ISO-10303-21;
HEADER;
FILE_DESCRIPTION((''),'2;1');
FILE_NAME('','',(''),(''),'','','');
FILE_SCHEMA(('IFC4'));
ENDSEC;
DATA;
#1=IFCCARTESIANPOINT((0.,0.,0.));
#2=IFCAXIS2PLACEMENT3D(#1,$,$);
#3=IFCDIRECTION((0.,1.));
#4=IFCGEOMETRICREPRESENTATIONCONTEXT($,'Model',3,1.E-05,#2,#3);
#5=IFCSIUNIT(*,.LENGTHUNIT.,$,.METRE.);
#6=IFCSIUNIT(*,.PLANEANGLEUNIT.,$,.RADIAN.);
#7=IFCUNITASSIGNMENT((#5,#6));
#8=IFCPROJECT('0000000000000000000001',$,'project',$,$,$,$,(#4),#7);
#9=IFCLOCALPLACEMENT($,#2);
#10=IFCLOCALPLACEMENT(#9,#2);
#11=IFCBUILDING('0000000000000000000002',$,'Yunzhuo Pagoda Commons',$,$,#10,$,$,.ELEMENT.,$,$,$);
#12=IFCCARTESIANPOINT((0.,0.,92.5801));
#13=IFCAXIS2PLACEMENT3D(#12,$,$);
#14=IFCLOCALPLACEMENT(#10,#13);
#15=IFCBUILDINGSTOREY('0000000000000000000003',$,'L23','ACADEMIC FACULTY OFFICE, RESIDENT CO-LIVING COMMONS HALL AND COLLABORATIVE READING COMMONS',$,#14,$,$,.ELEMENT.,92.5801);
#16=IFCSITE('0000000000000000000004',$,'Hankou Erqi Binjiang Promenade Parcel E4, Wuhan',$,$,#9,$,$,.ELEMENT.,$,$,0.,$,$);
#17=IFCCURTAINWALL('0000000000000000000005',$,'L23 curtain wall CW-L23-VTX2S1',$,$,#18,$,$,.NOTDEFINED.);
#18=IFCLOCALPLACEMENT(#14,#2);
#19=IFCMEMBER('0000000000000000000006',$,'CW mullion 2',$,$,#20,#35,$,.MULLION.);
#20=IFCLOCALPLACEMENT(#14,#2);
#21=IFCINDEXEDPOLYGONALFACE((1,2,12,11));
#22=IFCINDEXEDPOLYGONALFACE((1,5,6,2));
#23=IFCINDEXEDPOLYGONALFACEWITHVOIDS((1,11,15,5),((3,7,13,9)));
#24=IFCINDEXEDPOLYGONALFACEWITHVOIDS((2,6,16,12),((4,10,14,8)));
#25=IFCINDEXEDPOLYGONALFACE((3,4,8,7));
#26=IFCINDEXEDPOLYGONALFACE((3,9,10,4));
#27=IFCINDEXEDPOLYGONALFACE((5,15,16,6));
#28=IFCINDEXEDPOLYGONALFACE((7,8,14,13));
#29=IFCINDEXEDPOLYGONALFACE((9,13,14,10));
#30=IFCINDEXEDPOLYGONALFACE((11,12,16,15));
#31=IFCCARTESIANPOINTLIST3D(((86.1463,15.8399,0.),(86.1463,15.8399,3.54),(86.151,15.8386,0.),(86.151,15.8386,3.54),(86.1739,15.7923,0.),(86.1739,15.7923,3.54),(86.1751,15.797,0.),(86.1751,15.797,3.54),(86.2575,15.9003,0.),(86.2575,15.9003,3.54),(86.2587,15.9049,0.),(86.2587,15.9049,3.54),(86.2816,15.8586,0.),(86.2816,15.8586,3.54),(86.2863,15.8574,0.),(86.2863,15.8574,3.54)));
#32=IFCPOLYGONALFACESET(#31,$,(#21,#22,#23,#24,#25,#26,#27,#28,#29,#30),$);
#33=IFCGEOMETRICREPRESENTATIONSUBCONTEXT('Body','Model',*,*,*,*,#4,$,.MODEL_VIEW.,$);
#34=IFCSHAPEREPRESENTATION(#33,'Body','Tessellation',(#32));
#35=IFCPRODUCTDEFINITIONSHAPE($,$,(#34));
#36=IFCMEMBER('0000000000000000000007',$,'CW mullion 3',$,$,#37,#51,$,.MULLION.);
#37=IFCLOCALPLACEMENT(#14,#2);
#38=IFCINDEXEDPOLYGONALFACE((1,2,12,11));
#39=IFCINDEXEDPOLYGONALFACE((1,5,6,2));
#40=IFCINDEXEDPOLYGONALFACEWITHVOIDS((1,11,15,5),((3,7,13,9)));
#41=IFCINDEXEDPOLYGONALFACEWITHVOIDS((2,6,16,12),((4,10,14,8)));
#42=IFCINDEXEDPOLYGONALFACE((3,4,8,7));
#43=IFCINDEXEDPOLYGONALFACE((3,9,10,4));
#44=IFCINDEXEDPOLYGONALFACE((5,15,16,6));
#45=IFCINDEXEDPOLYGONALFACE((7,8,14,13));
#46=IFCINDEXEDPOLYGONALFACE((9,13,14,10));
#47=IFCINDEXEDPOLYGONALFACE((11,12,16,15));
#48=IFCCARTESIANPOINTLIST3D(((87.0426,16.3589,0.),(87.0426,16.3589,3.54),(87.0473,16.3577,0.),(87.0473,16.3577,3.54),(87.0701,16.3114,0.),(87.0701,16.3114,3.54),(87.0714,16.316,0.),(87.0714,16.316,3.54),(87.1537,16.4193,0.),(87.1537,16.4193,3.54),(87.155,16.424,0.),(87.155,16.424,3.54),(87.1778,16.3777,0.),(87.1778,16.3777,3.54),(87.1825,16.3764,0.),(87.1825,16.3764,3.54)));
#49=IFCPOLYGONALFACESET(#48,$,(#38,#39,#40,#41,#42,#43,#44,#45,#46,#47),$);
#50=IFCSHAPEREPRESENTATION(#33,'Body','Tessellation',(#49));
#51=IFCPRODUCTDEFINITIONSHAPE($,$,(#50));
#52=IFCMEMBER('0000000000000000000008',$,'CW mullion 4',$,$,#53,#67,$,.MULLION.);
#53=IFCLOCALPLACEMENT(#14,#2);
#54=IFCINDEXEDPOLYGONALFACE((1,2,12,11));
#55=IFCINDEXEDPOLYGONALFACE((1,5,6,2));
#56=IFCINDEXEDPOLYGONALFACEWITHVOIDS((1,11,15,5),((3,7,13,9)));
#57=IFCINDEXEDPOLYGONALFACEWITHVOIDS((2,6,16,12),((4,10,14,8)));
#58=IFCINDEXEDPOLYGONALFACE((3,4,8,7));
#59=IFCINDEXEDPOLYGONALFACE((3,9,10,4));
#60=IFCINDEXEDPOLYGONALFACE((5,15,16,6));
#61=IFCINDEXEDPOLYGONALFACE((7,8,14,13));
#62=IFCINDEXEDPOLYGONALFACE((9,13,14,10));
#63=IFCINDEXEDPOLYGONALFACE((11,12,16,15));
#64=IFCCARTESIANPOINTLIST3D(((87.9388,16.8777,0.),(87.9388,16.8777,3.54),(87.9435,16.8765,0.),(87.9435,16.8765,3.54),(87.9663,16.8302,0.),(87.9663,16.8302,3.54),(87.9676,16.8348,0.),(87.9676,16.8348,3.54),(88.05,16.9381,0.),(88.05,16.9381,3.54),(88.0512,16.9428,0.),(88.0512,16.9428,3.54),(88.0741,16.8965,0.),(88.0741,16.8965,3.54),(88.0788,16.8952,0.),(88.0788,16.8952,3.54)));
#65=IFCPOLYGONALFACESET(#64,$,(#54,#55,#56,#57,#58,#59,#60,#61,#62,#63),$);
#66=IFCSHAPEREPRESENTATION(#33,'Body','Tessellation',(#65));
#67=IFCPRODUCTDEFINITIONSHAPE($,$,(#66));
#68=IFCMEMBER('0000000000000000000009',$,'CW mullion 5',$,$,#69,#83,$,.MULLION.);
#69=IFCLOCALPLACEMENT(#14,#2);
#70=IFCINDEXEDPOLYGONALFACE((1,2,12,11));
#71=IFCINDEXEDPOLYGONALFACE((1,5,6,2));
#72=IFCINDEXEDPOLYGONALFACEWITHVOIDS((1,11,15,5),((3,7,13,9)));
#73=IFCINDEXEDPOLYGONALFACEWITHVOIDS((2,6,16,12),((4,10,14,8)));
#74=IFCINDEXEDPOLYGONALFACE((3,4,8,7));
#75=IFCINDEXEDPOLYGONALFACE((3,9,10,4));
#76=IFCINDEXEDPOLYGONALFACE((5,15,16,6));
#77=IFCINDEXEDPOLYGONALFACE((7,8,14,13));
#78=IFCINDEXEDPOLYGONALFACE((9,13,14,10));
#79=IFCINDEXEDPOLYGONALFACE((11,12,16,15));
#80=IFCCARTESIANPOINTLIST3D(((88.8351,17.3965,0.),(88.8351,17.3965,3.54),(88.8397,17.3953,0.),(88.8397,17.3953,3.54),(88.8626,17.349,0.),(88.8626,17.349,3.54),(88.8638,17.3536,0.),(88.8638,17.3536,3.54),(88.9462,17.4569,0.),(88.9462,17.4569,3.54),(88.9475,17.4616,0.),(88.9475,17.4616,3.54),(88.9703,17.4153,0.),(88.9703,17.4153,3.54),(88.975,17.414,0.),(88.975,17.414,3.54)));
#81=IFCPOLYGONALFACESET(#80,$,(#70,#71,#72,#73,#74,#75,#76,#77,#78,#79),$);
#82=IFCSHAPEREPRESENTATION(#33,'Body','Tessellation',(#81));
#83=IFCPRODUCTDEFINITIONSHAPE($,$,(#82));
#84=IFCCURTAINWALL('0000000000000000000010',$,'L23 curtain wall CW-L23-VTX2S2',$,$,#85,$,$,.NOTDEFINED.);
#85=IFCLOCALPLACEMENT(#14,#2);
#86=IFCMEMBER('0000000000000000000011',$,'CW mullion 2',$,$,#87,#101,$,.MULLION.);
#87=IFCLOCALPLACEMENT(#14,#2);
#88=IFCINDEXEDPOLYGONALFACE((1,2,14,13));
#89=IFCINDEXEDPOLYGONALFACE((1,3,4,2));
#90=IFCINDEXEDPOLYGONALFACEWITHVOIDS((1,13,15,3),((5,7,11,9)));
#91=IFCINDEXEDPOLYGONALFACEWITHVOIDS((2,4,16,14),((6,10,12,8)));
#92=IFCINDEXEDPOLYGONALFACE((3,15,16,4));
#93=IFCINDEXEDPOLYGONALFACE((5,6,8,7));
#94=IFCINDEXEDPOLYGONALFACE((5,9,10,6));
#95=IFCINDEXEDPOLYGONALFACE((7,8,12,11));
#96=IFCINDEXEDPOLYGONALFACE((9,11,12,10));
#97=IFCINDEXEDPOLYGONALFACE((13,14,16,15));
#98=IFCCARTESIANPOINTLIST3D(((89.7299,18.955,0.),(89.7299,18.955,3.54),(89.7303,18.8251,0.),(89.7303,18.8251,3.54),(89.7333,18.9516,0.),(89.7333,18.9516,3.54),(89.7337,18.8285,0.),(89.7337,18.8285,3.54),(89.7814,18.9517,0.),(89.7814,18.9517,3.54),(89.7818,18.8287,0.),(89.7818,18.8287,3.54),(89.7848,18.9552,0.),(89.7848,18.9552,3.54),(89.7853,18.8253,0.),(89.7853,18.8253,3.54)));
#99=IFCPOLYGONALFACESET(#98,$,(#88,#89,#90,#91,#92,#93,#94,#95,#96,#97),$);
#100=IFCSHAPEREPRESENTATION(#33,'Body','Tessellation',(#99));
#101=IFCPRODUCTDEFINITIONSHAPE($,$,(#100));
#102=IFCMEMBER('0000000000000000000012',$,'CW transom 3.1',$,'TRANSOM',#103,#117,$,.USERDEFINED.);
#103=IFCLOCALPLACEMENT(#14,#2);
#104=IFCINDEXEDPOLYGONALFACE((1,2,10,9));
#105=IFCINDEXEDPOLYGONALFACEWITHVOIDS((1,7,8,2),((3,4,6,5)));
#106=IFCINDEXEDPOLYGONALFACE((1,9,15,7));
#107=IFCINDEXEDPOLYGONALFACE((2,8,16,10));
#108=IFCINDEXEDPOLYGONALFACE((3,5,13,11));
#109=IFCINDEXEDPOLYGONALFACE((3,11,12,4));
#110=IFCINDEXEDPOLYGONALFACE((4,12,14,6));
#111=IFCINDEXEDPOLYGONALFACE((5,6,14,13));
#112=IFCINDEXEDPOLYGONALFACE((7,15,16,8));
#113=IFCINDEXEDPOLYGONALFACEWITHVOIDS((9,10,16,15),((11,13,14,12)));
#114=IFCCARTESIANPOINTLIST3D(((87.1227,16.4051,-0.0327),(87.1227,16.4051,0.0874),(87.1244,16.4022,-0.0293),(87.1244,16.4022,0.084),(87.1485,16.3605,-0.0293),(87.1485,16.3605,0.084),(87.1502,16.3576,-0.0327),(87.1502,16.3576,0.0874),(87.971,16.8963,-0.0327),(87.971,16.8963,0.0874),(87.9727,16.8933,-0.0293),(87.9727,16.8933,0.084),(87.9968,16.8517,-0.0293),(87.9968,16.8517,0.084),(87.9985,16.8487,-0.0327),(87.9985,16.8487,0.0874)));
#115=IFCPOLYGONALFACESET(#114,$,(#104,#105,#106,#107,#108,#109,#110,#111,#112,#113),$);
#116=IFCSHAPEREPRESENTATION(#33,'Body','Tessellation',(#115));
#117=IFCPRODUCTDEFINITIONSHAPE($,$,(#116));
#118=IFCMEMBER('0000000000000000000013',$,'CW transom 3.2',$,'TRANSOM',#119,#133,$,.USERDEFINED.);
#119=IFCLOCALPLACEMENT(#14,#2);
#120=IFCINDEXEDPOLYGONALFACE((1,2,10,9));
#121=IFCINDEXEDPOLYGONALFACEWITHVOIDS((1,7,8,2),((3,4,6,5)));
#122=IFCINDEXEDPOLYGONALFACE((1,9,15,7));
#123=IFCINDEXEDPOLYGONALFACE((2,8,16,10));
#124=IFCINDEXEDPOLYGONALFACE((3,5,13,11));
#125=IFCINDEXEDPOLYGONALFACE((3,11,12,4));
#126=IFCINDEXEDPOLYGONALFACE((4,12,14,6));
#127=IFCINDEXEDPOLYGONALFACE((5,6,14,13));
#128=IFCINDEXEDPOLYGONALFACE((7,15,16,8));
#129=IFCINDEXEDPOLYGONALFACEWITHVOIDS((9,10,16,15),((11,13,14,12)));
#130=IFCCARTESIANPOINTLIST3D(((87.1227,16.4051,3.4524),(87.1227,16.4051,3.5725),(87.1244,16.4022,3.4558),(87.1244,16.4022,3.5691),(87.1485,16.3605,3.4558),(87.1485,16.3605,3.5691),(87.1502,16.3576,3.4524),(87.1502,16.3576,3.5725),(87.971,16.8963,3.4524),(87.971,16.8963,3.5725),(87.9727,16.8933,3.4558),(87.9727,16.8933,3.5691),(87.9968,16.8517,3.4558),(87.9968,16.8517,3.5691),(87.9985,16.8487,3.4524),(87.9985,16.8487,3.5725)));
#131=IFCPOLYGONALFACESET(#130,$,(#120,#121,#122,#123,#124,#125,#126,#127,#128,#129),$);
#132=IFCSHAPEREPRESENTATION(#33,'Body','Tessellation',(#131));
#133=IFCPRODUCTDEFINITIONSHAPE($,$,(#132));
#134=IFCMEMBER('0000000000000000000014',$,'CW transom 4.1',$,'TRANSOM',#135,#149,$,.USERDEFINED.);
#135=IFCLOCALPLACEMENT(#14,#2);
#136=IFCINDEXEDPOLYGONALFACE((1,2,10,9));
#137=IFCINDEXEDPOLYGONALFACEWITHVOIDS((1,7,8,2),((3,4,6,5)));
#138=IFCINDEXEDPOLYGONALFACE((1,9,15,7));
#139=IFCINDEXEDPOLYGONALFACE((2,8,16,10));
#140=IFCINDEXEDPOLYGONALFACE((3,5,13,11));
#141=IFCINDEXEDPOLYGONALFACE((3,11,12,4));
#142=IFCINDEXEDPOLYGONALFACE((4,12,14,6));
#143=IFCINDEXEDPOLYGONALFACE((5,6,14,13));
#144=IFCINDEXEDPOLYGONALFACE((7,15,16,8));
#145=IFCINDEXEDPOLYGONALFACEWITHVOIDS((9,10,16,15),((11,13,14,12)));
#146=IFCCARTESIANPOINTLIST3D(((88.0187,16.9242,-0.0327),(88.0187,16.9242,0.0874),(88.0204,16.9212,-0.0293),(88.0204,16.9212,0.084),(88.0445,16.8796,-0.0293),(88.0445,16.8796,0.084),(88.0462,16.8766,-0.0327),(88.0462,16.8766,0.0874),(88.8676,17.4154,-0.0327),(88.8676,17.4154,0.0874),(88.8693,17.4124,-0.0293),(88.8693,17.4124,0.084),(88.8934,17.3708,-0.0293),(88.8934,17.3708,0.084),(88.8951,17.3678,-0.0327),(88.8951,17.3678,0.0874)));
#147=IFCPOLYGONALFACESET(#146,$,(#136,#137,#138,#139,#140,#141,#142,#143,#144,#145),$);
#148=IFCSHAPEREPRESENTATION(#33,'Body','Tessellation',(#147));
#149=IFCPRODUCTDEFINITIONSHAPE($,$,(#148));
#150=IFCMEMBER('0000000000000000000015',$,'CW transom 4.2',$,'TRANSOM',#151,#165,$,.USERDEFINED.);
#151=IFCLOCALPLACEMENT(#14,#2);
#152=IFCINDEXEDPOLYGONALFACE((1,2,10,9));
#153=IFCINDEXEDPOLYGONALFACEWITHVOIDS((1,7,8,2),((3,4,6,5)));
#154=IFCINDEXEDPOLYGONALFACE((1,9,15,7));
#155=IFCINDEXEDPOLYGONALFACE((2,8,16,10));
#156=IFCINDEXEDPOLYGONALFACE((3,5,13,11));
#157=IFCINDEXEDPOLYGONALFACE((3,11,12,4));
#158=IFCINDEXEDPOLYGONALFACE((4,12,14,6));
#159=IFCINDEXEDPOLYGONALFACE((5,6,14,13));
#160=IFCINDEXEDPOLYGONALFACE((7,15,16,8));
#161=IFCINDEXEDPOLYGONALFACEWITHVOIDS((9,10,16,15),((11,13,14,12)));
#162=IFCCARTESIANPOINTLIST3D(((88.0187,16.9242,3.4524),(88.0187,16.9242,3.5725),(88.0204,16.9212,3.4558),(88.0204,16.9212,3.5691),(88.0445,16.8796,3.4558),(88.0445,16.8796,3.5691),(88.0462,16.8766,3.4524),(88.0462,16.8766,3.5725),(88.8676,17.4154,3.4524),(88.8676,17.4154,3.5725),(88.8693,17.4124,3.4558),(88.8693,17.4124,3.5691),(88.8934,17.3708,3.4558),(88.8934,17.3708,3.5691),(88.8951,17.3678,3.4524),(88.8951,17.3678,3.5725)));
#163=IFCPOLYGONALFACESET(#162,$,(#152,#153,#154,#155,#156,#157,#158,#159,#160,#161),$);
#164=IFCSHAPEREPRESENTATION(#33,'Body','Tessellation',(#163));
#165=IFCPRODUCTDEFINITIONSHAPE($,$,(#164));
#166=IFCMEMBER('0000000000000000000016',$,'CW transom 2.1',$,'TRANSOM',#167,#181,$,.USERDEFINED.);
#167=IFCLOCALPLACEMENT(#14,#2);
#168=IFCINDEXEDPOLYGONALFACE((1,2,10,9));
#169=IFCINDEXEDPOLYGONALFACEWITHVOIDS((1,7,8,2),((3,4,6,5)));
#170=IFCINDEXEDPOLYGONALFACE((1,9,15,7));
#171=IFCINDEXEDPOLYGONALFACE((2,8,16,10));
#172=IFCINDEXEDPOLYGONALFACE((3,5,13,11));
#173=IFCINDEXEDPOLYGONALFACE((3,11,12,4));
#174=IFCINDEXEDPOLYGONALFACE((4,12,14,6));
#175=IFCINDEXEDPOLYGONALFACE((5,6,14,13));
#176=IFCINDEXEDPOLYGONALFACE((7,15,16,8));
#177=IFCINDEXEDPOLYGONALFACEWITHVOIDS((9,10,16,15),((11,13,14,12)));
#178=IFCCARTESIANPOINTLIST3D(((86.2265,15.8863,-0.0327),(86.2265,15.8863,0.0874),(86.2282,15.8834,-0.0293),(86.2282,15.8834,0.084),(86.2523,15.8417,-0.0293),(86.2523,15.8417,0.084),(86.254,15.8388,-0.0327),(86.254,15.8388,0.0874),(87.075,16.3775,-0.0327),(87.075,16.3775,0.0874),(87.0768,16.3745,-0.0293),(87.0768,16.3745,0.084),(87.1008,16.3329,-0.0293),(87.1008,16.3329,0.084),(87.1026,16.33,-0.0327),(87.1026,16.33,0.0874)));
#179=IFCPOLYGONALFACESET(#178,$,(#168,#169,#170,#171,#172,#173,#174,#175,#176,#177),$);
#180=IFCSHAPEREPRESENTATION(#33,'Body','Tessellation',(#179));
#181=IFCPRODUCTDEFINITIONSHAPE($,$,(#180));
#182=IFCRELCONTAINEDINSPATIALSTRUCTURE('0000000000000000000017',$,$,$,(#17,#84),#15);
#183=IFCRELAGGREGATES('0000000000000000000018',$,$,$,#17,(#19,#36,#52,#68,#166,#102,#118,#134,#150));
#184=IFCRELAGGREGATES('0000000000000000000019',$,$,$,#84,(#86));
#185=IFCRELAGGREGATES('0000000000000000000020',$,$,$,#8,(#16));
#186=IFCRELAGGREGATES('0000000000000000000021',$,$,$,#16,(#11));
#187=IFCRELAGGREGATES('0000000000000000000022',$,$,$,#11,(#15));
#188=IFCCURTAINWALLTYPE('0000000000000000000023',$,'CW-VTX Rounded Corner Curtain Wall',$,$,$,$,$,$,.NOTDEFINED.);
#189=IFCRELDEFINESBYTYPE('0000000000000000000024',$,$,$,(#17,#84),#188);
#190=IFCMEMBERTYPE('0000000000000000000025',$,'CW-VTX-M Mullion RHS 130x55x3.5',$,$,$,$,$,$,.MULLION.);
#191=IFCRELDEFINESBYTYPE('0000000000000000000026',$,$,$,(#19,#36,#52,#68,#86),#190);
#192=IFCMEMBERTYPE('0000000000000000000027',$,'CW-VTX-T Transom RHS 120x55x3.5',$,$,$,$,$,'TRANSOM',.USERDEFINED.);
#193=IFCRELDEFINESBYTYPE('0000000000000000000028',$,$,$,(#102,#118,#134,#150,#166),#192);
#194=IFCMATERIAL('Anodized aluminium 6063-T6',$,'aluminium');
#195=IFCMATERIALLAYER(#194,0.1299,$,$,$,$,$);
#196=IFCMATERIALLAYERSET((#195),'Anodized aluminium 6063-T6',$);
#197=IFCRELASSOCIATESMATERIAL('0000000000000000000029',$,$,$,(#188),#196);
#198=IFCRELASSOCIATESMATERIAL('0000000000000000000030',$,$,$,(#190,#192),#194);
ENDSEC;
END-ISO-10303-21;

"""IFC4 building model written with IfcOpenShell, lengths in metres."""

from ifc_helpers import new_model, si_unit, direction, frame, origin, origin_2d, place, context, subcontext, project, spatial, hollow_rectangle, extrude, source, transform, mapped, material, layer, layer_set, material_profile, profile_set, type_object, element, aggregate, save


model = new_model("IFC4")

# Units and contexts
model_context = context("Model", 3, precision=1e-05, world=origin(), true_north=direction((0.0, 1.0)))
body_context = subcontext(model_context, "Body", "Model", "MODEL_VIEW")
ifc_project = project(units=[si_unit("LENGTHUNIT", "METRE"), si_unit("PLANEANGLEUNIT", "RADIAN")], contexts=[model_context])

# Site, building, storey
site_placement = place(None, origin())
site = spatial("IfcSite", under=ifc_project, at=site_placement, Name="Hankou Erqi Binjiang Promenade Parcel E4, Wuhan", CompositionType="ELEMENT", RefElevation=0.0)
building_placement = place(site_placement, origin())
building = spatial("IfcBuilding", under=site, at=building_placement, Name="Yunzhuo Pagoda Commons", CompositionType="ELEMENT")
storey_placement = place(building_placement, frame((0.0, 0.0, 92.5801)))
storey = spatial("IfcBuildingStorey", under=building, at=storey_placement, Name="L23", Description="ACADEMIC FACULTY OFFICE, RESIDENT CO-LIVING COMMONS HALL AND COLLABORATIVE READING COMMONS", CompositionType="ELEMENT", Elevation=92.5801)

# Curtain wall, members
ifc_material_1 = material(Name="Anodized aluminium 6063-T6", Category="aluminium")
ifc_layer_1 = layer(ifc_material_1, 0.1299)
ifc_layer_set_1 = layer_set([ifc_layer_1], Name="Anodized aluminium 6063-T6")
curtain_wall_type = type_object("IfcCurtainWallType", Name="CW-VTX Rounded Corner Curtain Wall", PredefinedType="NOTDEFINED", material=ifc_layer_set_1)
curtain_wall_1_placement = place(storey_placement, origin())
curtain_wall_1 = element("IfcCurtainWall", 1, at=curtain_wall_1_placement, inside=storey, type_object=curtain_wall_type, Name="L23 curtain wall CW-L23-VTX2S1", PredefinedType="NOTDEFINED")
ifc_material_profile_1 = material_profile(ifc_material_1, hollow_rectangle(XDim=0.0549, YDim=0.1299, WallThickness=0.0034, at=origin_2d()), Name="Anodized aluminium 6063-T6")
ifc_profile_set_1 = profile_set([ifc_material_profile_1], Name="Anodized aluminium 6063-T6")
member_type_1 = type_object("IfcMemberType", Name="CW-VTX-M Mullion RHS 130x55x3.5", PredefinedType="MULLION", material=ifc_profile_set_1)
shared_shape_1 = source(origin(), body_context, "Body", "SweptSolid", [
    extrude(hollow_rectangle(XDim=0.0549, YDim=0.1299, WallThickness=0.0034, at=origin_2d()), origin(), (0.0, 0.0, 1.0), 3.54),
])
member_1_placement = place(storey_placement, frame((86.2163, 15.8486, 0.0), z_axis=(0.0, 0.0, 1.0), x_axis=(-0.501036, 0.865427, 0.0)))
member_1 = element("IfcMember", 2, at=member_1_placement, type_object=member_type_1, Name="CW mullion 2", PredefinedType="MULLION", context=body_context, shape_type="MappedRepresentation", body=[
    mapped(shared_shape_1, transform((0.0, 0.0, 0.0), scale=1.0)),
])
member_2_placement = place(storey_placement, frame((87.1125, 16.3677, 0.0), z_axis=(0.0, 0.0, 1.0), x_axis=(-0.501036, 0.865427, 0.0)))
member_2 = element("IfcMember", 3, at=member_2_placement, type_object=member_type_1, Name="CW mullion 3", PredefinedType="MULLION", context=body_context, shape_type="MappedRepresentation", body=[
    mapped(shared_shape_1, transform((0.0, 0.0, 0.0), scale=1.0)),
])
member_3_placement = place(storey_placement, frame((88.0088, 16.8865, 0.0), z_axis=(0.0, 0.0, 1.0), x_axis=(-0.501036, 0.865427, 0.0)))
member_3 = element("IfcMember", 4, at=member_3_placement, type_object=member_type_1, Name="CW mullion 4", PredefinedType="MULLION", context=body_context, shape_type="MappedRepresentation", body=[
    mapped(shared_shape_1, transform((0.0, 0.0, 0.0), scale=1.0)),
])
member_4_placement = place(storey_placement, frame((88.905, 17.4053, 0.0), z_axis=(0.0, 0.0, 1.0), x_axis=(-0.501036, 0.865427, 0.0)))
member_4 = element("IfcMember", 5, at=member_4_placement, type_object=member_type_1, Name="CW mullion 5", PredefinedType="MULLION", context=body_context, shape_type="MappedRepresentation", body=[
    mapped(shared_shape_1, transform((0.0, 0.0, 0.0), scale=1.0)),
])

# Curtain wall, member
curtain_wall_2_placement = place(storey_placement, origin())
curtain_wall_2 = element("IfcCurtainWall", 6, at=curtain_wall_2_placement, inside=storey, type_object=curtain_wall_type, Name="L23 curtain wall CW-L23-VTX2S2", PredefinedType="NOTDEFINED")
member_5_placement = place(storey_placement, frame((89.7576, 18.8901, 0.0), z_axis=(0.0, 0.0, 1.0), x_axis=(-0.999994, -0.003573, 0.0)))
member_5 = element("IfcMember", 7, at=member_5_placement, type_object=member_type_1, Name="CW mullion 2", PredefinedType="MULLION", context=body_context, shape_type="MappedRepresentation", body=[
    mapped(shared_shape_1, transform((0.0, 0.0, 0.0), scale=1.0)),
])

# Members
ifc_material_profile_2 = material_profile(ifc_material_1, hollow_rectangle(XDim=0.0549, YDim=0.1201, WallThickness=0.0034, at=origin_2d()), Name="Anodized aluminium 6063-T6")
ifc_profile_set_2 = profile_set([ifc_material_profile_2], Name="Anodized aluminium 6063-T6")
member_type_2 = type_object("IfcMemberType", Name="CW-VTX-T Transom RHS 120x55x3.5", ElementType="TRANSOM", PredefinedType="USERDEFINED", material=ifc_profile_set_2)
shared_shape_2 = source(origin(), body_context, "Body", "SweptSolid", [
    extrude(hollow_rectangle(XDim=0.0549, YDim=0.1201, WallThickness=0.0034, at=origin_2d()), origin(), (0.0, 0.0, 1.0), 0.9802),
])
member_6_placement = place(storey_placement, frame((87.1365, 16.3813, 0.0273), z_axis=(0.865409, 0.501066, 0.0), x_axis=(-0.501066, 0.865409, 0.0)))
member_6 = element("IfcMember", 8, at=member_6_placement, type_object=member_type_2, Name="CW transom 3.1", ObjectType="TRANSOM", PredefinedType="USERDEFINED", context=body_context, shape_type="MappedRepresentation", body=[
    mapped(shared_shape_2, transform((0.0, 0.0, 0.0), scale=1.0)),
])
member_7_placement = place(storey_placement, frame((87.1365, 16.3813, 3.5125), z_axis=(0.865409, 0.501066, 0.0), x_axis=(-0.501066, 0.865409, 0.0)))
member_7 = element("IfcMember", 9, at=member_7_placement, type_object=member_type_2, Name="CW transom 3.2", ObjectType="TRANSOM", PredefinedType="USERDEFINED", context=body_context, shape_type="MappedRepresentation", body=[
    mapped(shared_shape_2, transform((0.0, 0.0, 0.0), scale=1.0)),
])
shared_shape_3 = source(origin(), body_context, "Body", "SweptSolid", [
    extrude(hollow_rectangle(XDim=0.0549, YDim=0.1201, WallThickness=0.0034, at=origin_2d()), origin(), (0.0, 0.0, 1.0), 0.9807),
])
member_8_placement = place(storey_placement, frame((88.0325, 16.9004, 0.0273), z_axis=(0.865534, 0.50085, 0.0), x_axis=(-0.50085, 0.865534, 0.0)))
member_8 = element("IfcMember", 10, at=member_8_placement, type_object=member_type_2, Name="CW transom 4.1", ObjectType="TRANSOM", PredefinedType="USERDEFINED", context=body_context, shape_type="MappedRepresentation", body=[
    mapped(shared_shape_3, transform((0.0, 0.0, 0.0), scale=1.0)),
])
member_9_placement = place(storey_placement, frame((88.0325, 16.9004, 3.5125), z_axis=(0.865534, 0.50085, 0.0), x_axis=(-0.50085, 0.865534, 0.0)))
member_9 = element("IfcMember", 11, at=member_9_placement, type_object=member_type_2, Name="CW transom 4.2", ObjectType="TRANSOM", PredefinedType="USERDEFINED", context=body_context, shape_type="MappedRepresentation", body=[
    mapped(shared_shape_3, transform((0.0, 0.0, 0.0), scale=1.0)),
])
shared_shape_4 = source(origin(), body_context, "Body", "SweptSolid", [
    extrude(hollow_rectangle(XDim=0.0549, YDim=0.1201, WallThickness=0.0034, at=origin_2d()), origin(), (0.0, 0.0, 1.0), 0.9805),
])
member_10_placement = place(storey_placement, frame((86.2402, 15.8625, 0.0273), z_axis=(0.865472, 0.500958, 0.0), x_axis=(-0.500958, 0.865472, 0.0)))
member_10 = element("IfcMember", 12, at=member_10_placement, type_object=member_type_2, Name="CW transom 2.1", ObjectType="TRANSOM", PredefinedType="USERDEFINED", context=body_context, shape_type="MappedRepresentation", body=[
    mapped(shared_shape_4, transform((0.0, 0.0, 0.0), scale=1.0)),
])

aggregate(curtain_wall_1, [member_1, member_2, member_3, member_4, member_10, member_6, member_7, member_8, member_9])
aggregate(curtain_wall_2, [member_5])

save(model, "model.ifc")
